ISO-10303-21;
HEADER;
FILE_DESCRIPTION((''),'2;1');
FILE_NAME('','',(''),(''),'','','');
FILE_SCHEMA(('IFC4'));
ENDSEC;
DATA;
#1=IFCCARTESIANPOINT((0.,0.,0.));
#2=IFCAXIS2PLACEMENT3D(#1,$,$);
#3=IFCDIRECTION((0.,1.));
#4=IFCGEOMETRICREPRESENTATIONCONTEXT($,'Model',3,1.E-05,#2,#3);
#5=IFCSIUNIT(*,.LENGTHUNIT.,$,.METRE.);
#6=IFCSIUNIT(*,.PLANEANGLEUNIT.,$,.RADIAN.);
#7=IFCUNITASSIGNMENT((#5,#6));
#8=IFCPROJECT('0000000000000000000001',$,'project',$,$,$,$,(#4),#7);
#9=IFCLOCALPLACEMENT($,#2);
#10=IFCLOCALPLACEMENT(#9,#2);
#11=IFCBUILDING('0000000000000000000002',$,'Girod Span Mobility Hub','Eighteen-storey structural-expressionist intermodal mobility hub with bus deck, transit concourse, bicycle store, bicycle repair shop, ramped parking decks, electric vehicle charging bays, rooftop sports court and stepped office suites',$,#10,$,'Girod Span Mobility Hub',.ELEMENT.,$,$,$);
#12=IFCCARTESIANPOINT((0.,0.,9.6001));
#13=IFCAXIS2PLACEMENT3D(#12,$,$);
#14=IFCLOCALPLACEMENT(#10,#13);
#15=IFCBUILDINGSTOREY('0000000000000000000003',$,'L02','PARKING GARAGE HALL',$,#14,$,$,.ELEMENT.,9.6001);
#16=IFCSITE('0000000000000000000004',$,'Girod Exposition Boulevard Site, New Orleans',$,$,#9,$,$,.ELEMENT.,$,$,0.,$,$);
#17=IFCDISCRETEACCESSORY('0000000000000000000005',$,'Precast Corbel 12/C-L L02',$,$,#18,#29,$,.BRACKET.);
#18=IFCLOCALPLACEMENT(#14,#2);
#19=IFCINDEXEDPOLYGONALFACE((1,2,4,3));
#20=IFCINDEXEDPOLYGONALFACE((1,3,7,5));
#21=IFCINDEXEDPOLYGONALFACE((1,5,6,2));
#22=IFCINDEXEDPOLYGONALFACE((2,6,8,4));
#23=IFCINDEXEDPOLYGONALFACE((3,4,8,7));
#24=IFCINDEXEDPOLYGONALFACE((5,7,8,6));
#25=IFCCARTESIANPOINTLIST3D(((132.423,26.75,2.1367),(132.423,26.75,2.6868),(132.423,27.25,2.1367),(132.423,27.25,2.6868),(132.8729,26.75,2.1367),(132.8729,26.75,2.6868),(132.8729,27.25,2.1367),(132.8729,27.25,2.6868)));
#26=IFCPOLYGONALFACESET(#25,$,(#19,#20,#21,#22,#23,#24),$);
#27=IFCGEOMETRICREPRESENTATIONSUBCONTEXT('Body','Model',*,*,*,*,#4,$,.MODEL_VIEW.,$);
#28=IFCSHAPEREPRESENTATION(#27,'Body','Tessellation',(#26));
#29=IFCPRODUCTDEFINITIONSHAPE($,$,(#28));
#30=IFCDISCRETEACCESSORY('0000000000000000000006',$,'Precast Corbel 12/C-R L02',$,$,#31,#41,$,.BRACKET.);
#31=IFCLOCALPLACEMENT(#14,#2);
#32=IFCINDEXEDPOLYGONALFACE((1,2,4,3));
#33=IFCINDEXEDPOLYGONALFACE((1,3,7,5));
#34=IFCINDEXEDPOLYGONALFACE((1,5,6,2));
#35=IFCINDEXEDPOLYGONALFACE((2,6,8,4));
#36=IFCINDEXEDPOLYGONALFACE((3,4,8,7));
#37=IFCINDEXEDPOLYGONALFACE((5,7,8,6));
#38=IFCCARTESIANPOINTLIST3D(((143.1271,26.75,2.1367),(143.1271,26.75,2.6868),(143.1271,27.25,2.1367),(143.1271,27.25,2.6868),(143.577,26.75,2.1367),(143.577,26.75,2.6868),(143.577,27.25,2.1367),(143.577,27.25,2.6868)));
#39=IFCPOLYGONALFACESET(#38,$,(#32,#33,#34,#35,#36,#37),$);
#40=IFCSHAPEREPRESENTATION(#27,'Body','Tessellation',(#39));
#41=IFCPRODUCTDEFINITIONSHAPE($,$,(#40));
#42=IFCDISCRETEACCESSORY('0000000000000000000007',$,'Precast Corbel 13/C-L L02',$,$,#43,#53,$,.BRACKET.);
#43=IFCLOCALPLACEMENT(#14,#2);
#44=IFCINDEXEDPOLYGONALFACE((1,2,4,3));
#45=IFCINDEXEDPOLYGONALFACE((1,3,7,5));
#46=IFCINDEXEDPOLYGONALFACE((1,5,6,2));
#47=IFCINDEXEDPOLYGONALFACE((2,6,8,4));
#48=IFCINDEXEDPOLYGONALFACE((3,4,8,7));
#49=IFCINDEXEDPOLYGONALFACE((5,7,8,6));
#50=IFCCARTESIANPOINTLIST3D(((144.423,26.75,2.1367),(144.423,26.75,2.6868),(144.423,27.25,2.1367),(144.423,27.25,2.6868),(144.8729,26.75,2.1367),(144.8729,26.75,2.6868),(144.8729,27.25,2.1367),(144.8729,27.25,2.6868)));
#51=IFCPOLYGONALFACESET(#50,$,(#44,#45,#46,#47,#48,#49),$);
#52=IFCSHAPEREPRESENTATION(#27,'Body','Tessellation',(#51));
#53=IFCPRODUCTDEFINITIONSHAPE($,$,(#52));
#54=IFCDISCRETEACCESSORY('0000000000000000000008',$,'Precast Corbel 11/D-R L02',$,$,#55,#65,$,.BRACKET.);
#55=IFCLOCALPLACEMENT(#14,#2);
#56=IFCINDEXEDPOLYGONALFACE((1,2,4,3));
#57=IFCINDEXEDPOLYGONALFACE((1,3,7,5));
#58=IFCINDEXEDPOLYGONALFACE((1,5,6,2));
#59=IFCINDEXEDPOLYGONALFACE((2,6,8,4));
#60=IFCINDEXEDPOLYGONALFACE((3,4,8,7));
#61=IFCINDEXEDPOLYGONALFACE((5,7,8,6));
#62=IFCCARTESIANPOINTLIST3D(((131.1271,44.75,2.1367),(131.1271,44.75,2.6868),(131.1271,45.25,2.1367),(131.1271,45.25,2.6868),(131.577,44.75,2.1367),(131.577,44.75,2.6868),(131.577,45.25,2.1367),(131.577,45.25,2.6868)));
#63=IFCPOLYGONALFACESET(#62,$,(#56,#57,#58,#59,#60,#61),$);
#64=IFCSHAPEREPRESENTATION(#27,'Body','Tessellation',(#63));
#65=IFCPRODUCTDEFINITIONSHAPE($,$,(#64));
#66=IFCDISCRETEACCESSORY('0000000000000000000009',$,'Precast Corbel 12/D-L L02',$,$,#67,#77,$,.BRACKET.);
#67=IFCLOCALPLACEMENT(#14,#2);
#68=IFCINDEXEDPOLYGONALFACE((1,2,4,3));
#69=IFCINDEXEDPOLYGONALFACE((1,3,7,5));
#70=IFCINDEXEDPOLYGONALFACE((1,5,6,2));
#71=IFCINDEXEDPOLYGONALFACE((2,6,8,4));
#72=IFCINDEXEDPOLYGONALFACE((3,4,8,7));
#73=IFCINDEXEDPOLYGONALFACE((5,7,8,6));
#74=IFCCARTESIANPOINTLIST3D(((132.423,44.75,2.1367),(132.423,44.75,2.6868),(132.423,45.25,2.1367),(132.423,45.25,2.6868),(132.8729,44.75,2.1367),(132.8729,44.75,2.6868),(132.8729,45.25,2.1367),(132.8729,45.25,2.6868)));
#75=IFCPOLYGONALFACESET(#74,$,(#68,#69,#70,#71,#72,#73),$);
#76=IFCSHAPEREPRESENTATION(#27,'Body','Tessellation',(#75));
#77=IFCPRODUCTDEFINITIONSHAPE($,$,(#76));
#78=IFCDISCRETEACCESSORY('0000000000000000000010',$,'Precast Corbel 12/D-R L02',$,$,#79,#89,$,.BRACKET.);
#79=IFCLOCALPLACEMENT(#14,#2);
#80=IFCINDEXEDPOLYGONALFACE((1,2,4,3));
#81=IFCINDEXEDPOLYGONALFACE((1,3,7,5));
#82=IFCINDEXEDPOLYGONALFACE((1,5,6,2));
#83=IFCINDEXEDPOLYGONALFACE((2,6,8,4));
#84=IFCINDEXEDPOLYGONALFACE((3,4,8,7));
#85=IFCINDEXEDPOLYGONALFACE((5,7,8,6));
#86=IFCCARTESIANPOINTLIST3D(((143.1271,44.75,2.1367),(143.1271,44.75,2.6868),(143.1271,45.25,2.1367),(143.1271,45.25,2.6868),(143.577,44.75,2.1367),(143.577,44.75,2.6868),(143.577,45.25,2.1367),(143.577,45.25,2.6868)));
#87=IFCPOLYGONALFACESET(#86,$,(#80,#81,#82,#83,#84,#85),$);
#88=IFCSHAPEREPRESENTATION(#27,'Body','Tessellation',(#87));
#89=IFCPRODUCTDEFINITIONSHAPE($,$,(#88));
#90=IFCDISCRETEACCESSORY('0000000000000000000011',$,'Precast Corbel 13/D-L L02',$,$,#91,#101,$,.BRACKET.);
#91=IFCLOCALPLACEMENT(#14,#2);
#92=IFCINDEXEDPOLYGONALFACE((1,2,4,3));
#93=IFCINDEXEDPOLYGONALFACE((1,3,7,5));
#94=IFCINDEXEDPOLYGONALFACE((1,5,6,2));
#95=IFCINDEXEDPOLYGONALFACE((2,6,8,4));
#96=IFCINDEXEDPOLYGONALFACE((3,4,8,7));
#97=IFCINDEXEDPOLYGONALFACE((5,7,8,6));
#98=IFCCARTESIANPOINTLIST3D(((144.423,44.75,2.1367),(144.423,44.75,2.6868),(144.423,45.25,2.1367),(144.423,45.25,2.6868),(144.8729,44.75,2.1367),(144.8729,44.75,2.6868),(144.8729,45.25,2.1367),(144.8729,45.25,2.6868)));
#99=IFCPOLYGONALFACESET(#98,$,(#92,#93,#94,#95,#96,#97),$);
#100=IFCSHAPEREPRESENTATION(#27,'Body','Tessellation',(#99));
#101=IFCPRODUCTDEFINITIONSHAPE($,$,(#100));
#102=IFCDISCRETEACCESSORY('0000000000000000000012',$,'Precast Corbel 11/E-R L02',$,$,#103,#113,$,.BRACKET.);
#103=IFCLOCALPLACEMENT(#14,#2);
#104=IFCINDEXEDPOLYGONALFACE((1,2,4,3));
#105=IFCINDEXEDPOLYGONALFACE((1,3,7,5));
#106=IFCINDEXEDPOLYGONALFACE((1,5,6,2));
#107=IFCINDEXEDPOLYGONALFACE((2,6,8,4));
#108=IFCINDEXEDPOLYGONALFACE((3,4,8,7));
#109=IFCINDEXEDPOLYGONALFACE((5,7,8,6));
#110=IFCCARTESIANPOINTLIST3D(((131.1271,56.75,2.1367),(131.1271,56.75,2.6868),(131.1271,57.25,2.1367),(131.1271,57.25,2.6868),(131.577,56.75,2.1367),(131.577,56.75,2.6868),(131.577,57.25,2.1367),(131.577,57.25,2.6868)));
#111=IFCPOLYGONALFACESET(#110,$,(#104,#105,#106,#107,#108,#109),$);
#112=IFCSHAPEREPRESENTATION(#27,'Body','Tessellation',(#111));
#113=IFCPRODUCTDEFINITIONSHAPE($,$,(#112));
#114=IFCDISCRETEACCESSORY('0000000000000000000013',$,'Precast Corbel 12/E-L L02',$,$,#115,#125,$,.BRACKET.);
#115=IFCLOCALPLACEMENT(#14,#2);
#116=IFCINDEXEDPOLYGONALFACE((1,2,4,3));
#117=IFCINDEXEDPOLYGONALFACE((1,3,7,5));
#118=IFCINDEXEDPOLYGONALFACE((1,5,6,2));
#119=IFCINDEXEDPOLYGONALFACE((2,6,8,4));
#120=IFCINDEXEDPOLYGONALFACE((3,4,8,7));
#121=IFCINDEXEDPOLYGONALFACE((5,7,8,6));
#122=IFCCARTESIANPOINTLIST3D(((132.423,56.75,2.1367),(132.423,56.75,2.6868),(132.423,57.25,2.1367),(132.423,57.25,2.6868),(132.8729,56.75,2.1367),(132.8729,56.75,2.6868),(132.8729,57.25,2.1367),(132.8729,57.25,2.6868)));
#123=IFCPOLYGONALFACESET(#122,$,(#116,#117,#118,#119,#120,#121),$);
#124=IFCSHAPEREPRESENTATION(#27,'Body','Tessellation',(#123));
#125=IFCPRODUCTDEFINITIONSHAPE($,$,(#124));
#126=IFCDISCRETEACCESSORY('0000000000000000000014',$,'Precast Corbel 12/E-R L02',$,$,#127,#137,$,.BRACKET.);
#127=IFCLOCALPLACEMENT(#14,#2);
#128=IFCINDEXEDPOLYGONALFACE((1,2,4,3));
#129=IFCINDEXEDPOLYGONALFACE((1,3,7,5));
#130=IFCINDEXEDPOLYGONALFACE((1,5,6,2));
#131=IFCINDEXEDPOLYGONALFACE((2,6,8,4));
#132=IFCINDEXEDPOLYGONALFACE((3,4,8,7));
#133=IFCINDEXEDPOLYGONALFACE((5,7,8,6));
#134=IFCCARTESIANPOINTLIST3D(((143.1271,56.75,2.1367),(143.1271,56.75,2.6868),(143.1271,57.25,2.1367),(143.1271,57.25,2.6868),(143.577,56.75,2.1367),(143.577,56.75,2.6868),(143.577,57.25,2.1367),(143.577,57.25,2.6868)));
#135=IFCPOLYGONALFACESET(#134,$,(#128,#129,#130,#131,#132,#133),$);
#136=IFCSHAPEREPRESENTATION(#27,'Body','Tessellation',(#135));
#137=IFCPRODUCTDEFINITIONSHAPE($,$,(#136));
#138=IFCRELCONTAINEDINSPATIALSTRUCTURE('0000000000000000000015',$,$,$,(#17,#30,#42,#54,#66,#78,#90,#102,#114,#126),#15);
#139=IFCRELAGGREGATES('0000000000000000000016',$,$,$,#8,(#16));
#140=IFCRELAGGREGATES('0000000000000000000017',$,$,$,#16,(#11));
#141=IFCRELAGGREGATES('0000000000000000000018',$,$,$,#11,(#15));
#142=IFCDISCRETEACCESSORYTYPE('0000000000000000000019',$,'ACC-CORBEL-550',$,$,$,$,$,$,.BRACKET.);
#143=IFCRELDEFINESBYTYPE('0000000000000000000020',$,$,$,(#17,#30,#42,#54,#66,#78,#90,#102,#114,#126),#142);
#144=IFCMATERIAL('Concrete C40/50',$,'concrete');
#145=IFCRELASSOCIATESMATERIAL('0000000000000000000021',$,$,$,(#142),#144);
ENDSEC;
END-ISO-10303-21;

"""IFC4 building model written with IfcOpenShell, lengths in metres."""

from ifc_helpers import new_model, si_unit, direction, frame, origin, origin_2d, place, context, subcontext, project, spatial, rectangle, extrude, material, type_object, element, save


model = new_model("IFC4")

# Units and contexts
model_context = context("Model", 3, precision=1e-05, world=origin(), true_north=direction((0.0, 1.0)))
body_context = subcontext(model_context, "Body", "Model", "MODEL_VIEW")
ifc_project = project(units=[si_unit("LENGTHUNIT", "METRE"), si_unit("PLANEANGLEUNIT", "RADIAN")], contexts=[model_context])

# Site, building, storey
site_placement = place(None, origin())
site = spatial("IfcSite", under=ifc_project, at=site_placement, Name="Girod Exposition Boulevard Site, New Orleans", CompositionType="ELEMENT", RefElevation=0.0)
building_placement = place(site_placement, origin())
building = spatial("IfcBuilding", under=site, at=building_placement, Name="Girod Span Mobility Hub", Description="Eighteen-storey structural-expressionist intermodal mobility hub with bus deck, transit concourse, bicycle store, bicycle repair shop, ramped parking decks, electric vehicle charging bays, rooftop sports court and stepped office suites", LongName="Girod Span Mobility Hub", CompositionType="ELEMENT")
storey_placement = place(building_placement, frame((0.0, 0.0, 9.6001)))
storey = spatial("IfcBuildingStorey", under=building, at=storey_placement, Name="L02", Description="PARKING GARAGE HALL", CompositionType="ELEMENT", Elevation=9.6001)

# Discrete accessories
ifc_material_1 = material(Name="Concrete C40/50", Category="concrete")
discrete_accessory_type = type_object("IfcDiscreteAccessoryType", Name="ACC-CORBEL-550", PredefinedType="BRACKET", material=ifc_material_1)
for number, where, z_axis, x_axis, name in (
    (1, (132.6479, 27.0, 2.1367), (0.0, 0.0, 1.0), (1.0, 0.0, 0.0), "Precast Corbel 12/C-L L02"),
    (2, (143.3521, 27.0, 2.1367), (0.0, 0.0, 1.0), (1.0, 0.0, 0.0), "Precast Corbel 12/C-R L02"),
    (3, (144.6479, 27.0, 2.1367), (0.0, 0.0, 1.0), (1.0, 0.0, 0.0), "Precast Corbel 13/C-L L02"),
    (4, (131.3521, 45.0, 2.1367), (0.0, 0.0, 1.0), (1.0, 0.0, 0.0), "Precast Corbel 11/D-R L02"),
    (5, (132.6479, 45.0, 2.1367), (0.0, 0.0, 1.0), (1.0, 0.0, 0.0), "Precast Corbel 12/D-L L02"),
    (6, (143.3521, 45.0, 2.1367), (0.0, 0.0, 1.0), (1.0, 0.0, 0.0), "Precast Corbel 12/D-R L02"),
    (7, (144.6479, 45.0, 2.1367), (0.0, 0.0, 1.0), (1.0, 0.0, 0.0), "Precast Corbel 13/D-L L02"),
    (8, (131.3521, 57.0, 2.1367), (0.0, 0.0, 1.0), (1.0, 0.0, 0.0), "Precast Corbel 11/E-R L02"),
    (9, (132.6479, 57.0, 2.1367), (0.0, 0.0, 1.0), (1.0, 0.0, 0.0), "Precast Corbel 12/E-L L02"),
    (10, (143.3521, 57.0, 2.1367), (0.0, 0.0, 1.0), (1.0, 0.0, 0.0), "Precast Corbel 12/E-R L02"),
):
    element("IfcDiscreteAccessory", number, at=place(storey_placement, frame(where, z_axis=z_axis, x_axis=x_axis)), inside=storey, type_object=discrete_accessory_type, Name=name, PredefinedType="BRACKET", context=body_context, shape_type="SweptSolid", body=[
        extrude(rectangle(XDim=0.45, YDim=0.5, at=origin_2d()), origin(), (0.0, 0.0, 1.0), 0.55),
    ])

save(model, "model.ifc")
